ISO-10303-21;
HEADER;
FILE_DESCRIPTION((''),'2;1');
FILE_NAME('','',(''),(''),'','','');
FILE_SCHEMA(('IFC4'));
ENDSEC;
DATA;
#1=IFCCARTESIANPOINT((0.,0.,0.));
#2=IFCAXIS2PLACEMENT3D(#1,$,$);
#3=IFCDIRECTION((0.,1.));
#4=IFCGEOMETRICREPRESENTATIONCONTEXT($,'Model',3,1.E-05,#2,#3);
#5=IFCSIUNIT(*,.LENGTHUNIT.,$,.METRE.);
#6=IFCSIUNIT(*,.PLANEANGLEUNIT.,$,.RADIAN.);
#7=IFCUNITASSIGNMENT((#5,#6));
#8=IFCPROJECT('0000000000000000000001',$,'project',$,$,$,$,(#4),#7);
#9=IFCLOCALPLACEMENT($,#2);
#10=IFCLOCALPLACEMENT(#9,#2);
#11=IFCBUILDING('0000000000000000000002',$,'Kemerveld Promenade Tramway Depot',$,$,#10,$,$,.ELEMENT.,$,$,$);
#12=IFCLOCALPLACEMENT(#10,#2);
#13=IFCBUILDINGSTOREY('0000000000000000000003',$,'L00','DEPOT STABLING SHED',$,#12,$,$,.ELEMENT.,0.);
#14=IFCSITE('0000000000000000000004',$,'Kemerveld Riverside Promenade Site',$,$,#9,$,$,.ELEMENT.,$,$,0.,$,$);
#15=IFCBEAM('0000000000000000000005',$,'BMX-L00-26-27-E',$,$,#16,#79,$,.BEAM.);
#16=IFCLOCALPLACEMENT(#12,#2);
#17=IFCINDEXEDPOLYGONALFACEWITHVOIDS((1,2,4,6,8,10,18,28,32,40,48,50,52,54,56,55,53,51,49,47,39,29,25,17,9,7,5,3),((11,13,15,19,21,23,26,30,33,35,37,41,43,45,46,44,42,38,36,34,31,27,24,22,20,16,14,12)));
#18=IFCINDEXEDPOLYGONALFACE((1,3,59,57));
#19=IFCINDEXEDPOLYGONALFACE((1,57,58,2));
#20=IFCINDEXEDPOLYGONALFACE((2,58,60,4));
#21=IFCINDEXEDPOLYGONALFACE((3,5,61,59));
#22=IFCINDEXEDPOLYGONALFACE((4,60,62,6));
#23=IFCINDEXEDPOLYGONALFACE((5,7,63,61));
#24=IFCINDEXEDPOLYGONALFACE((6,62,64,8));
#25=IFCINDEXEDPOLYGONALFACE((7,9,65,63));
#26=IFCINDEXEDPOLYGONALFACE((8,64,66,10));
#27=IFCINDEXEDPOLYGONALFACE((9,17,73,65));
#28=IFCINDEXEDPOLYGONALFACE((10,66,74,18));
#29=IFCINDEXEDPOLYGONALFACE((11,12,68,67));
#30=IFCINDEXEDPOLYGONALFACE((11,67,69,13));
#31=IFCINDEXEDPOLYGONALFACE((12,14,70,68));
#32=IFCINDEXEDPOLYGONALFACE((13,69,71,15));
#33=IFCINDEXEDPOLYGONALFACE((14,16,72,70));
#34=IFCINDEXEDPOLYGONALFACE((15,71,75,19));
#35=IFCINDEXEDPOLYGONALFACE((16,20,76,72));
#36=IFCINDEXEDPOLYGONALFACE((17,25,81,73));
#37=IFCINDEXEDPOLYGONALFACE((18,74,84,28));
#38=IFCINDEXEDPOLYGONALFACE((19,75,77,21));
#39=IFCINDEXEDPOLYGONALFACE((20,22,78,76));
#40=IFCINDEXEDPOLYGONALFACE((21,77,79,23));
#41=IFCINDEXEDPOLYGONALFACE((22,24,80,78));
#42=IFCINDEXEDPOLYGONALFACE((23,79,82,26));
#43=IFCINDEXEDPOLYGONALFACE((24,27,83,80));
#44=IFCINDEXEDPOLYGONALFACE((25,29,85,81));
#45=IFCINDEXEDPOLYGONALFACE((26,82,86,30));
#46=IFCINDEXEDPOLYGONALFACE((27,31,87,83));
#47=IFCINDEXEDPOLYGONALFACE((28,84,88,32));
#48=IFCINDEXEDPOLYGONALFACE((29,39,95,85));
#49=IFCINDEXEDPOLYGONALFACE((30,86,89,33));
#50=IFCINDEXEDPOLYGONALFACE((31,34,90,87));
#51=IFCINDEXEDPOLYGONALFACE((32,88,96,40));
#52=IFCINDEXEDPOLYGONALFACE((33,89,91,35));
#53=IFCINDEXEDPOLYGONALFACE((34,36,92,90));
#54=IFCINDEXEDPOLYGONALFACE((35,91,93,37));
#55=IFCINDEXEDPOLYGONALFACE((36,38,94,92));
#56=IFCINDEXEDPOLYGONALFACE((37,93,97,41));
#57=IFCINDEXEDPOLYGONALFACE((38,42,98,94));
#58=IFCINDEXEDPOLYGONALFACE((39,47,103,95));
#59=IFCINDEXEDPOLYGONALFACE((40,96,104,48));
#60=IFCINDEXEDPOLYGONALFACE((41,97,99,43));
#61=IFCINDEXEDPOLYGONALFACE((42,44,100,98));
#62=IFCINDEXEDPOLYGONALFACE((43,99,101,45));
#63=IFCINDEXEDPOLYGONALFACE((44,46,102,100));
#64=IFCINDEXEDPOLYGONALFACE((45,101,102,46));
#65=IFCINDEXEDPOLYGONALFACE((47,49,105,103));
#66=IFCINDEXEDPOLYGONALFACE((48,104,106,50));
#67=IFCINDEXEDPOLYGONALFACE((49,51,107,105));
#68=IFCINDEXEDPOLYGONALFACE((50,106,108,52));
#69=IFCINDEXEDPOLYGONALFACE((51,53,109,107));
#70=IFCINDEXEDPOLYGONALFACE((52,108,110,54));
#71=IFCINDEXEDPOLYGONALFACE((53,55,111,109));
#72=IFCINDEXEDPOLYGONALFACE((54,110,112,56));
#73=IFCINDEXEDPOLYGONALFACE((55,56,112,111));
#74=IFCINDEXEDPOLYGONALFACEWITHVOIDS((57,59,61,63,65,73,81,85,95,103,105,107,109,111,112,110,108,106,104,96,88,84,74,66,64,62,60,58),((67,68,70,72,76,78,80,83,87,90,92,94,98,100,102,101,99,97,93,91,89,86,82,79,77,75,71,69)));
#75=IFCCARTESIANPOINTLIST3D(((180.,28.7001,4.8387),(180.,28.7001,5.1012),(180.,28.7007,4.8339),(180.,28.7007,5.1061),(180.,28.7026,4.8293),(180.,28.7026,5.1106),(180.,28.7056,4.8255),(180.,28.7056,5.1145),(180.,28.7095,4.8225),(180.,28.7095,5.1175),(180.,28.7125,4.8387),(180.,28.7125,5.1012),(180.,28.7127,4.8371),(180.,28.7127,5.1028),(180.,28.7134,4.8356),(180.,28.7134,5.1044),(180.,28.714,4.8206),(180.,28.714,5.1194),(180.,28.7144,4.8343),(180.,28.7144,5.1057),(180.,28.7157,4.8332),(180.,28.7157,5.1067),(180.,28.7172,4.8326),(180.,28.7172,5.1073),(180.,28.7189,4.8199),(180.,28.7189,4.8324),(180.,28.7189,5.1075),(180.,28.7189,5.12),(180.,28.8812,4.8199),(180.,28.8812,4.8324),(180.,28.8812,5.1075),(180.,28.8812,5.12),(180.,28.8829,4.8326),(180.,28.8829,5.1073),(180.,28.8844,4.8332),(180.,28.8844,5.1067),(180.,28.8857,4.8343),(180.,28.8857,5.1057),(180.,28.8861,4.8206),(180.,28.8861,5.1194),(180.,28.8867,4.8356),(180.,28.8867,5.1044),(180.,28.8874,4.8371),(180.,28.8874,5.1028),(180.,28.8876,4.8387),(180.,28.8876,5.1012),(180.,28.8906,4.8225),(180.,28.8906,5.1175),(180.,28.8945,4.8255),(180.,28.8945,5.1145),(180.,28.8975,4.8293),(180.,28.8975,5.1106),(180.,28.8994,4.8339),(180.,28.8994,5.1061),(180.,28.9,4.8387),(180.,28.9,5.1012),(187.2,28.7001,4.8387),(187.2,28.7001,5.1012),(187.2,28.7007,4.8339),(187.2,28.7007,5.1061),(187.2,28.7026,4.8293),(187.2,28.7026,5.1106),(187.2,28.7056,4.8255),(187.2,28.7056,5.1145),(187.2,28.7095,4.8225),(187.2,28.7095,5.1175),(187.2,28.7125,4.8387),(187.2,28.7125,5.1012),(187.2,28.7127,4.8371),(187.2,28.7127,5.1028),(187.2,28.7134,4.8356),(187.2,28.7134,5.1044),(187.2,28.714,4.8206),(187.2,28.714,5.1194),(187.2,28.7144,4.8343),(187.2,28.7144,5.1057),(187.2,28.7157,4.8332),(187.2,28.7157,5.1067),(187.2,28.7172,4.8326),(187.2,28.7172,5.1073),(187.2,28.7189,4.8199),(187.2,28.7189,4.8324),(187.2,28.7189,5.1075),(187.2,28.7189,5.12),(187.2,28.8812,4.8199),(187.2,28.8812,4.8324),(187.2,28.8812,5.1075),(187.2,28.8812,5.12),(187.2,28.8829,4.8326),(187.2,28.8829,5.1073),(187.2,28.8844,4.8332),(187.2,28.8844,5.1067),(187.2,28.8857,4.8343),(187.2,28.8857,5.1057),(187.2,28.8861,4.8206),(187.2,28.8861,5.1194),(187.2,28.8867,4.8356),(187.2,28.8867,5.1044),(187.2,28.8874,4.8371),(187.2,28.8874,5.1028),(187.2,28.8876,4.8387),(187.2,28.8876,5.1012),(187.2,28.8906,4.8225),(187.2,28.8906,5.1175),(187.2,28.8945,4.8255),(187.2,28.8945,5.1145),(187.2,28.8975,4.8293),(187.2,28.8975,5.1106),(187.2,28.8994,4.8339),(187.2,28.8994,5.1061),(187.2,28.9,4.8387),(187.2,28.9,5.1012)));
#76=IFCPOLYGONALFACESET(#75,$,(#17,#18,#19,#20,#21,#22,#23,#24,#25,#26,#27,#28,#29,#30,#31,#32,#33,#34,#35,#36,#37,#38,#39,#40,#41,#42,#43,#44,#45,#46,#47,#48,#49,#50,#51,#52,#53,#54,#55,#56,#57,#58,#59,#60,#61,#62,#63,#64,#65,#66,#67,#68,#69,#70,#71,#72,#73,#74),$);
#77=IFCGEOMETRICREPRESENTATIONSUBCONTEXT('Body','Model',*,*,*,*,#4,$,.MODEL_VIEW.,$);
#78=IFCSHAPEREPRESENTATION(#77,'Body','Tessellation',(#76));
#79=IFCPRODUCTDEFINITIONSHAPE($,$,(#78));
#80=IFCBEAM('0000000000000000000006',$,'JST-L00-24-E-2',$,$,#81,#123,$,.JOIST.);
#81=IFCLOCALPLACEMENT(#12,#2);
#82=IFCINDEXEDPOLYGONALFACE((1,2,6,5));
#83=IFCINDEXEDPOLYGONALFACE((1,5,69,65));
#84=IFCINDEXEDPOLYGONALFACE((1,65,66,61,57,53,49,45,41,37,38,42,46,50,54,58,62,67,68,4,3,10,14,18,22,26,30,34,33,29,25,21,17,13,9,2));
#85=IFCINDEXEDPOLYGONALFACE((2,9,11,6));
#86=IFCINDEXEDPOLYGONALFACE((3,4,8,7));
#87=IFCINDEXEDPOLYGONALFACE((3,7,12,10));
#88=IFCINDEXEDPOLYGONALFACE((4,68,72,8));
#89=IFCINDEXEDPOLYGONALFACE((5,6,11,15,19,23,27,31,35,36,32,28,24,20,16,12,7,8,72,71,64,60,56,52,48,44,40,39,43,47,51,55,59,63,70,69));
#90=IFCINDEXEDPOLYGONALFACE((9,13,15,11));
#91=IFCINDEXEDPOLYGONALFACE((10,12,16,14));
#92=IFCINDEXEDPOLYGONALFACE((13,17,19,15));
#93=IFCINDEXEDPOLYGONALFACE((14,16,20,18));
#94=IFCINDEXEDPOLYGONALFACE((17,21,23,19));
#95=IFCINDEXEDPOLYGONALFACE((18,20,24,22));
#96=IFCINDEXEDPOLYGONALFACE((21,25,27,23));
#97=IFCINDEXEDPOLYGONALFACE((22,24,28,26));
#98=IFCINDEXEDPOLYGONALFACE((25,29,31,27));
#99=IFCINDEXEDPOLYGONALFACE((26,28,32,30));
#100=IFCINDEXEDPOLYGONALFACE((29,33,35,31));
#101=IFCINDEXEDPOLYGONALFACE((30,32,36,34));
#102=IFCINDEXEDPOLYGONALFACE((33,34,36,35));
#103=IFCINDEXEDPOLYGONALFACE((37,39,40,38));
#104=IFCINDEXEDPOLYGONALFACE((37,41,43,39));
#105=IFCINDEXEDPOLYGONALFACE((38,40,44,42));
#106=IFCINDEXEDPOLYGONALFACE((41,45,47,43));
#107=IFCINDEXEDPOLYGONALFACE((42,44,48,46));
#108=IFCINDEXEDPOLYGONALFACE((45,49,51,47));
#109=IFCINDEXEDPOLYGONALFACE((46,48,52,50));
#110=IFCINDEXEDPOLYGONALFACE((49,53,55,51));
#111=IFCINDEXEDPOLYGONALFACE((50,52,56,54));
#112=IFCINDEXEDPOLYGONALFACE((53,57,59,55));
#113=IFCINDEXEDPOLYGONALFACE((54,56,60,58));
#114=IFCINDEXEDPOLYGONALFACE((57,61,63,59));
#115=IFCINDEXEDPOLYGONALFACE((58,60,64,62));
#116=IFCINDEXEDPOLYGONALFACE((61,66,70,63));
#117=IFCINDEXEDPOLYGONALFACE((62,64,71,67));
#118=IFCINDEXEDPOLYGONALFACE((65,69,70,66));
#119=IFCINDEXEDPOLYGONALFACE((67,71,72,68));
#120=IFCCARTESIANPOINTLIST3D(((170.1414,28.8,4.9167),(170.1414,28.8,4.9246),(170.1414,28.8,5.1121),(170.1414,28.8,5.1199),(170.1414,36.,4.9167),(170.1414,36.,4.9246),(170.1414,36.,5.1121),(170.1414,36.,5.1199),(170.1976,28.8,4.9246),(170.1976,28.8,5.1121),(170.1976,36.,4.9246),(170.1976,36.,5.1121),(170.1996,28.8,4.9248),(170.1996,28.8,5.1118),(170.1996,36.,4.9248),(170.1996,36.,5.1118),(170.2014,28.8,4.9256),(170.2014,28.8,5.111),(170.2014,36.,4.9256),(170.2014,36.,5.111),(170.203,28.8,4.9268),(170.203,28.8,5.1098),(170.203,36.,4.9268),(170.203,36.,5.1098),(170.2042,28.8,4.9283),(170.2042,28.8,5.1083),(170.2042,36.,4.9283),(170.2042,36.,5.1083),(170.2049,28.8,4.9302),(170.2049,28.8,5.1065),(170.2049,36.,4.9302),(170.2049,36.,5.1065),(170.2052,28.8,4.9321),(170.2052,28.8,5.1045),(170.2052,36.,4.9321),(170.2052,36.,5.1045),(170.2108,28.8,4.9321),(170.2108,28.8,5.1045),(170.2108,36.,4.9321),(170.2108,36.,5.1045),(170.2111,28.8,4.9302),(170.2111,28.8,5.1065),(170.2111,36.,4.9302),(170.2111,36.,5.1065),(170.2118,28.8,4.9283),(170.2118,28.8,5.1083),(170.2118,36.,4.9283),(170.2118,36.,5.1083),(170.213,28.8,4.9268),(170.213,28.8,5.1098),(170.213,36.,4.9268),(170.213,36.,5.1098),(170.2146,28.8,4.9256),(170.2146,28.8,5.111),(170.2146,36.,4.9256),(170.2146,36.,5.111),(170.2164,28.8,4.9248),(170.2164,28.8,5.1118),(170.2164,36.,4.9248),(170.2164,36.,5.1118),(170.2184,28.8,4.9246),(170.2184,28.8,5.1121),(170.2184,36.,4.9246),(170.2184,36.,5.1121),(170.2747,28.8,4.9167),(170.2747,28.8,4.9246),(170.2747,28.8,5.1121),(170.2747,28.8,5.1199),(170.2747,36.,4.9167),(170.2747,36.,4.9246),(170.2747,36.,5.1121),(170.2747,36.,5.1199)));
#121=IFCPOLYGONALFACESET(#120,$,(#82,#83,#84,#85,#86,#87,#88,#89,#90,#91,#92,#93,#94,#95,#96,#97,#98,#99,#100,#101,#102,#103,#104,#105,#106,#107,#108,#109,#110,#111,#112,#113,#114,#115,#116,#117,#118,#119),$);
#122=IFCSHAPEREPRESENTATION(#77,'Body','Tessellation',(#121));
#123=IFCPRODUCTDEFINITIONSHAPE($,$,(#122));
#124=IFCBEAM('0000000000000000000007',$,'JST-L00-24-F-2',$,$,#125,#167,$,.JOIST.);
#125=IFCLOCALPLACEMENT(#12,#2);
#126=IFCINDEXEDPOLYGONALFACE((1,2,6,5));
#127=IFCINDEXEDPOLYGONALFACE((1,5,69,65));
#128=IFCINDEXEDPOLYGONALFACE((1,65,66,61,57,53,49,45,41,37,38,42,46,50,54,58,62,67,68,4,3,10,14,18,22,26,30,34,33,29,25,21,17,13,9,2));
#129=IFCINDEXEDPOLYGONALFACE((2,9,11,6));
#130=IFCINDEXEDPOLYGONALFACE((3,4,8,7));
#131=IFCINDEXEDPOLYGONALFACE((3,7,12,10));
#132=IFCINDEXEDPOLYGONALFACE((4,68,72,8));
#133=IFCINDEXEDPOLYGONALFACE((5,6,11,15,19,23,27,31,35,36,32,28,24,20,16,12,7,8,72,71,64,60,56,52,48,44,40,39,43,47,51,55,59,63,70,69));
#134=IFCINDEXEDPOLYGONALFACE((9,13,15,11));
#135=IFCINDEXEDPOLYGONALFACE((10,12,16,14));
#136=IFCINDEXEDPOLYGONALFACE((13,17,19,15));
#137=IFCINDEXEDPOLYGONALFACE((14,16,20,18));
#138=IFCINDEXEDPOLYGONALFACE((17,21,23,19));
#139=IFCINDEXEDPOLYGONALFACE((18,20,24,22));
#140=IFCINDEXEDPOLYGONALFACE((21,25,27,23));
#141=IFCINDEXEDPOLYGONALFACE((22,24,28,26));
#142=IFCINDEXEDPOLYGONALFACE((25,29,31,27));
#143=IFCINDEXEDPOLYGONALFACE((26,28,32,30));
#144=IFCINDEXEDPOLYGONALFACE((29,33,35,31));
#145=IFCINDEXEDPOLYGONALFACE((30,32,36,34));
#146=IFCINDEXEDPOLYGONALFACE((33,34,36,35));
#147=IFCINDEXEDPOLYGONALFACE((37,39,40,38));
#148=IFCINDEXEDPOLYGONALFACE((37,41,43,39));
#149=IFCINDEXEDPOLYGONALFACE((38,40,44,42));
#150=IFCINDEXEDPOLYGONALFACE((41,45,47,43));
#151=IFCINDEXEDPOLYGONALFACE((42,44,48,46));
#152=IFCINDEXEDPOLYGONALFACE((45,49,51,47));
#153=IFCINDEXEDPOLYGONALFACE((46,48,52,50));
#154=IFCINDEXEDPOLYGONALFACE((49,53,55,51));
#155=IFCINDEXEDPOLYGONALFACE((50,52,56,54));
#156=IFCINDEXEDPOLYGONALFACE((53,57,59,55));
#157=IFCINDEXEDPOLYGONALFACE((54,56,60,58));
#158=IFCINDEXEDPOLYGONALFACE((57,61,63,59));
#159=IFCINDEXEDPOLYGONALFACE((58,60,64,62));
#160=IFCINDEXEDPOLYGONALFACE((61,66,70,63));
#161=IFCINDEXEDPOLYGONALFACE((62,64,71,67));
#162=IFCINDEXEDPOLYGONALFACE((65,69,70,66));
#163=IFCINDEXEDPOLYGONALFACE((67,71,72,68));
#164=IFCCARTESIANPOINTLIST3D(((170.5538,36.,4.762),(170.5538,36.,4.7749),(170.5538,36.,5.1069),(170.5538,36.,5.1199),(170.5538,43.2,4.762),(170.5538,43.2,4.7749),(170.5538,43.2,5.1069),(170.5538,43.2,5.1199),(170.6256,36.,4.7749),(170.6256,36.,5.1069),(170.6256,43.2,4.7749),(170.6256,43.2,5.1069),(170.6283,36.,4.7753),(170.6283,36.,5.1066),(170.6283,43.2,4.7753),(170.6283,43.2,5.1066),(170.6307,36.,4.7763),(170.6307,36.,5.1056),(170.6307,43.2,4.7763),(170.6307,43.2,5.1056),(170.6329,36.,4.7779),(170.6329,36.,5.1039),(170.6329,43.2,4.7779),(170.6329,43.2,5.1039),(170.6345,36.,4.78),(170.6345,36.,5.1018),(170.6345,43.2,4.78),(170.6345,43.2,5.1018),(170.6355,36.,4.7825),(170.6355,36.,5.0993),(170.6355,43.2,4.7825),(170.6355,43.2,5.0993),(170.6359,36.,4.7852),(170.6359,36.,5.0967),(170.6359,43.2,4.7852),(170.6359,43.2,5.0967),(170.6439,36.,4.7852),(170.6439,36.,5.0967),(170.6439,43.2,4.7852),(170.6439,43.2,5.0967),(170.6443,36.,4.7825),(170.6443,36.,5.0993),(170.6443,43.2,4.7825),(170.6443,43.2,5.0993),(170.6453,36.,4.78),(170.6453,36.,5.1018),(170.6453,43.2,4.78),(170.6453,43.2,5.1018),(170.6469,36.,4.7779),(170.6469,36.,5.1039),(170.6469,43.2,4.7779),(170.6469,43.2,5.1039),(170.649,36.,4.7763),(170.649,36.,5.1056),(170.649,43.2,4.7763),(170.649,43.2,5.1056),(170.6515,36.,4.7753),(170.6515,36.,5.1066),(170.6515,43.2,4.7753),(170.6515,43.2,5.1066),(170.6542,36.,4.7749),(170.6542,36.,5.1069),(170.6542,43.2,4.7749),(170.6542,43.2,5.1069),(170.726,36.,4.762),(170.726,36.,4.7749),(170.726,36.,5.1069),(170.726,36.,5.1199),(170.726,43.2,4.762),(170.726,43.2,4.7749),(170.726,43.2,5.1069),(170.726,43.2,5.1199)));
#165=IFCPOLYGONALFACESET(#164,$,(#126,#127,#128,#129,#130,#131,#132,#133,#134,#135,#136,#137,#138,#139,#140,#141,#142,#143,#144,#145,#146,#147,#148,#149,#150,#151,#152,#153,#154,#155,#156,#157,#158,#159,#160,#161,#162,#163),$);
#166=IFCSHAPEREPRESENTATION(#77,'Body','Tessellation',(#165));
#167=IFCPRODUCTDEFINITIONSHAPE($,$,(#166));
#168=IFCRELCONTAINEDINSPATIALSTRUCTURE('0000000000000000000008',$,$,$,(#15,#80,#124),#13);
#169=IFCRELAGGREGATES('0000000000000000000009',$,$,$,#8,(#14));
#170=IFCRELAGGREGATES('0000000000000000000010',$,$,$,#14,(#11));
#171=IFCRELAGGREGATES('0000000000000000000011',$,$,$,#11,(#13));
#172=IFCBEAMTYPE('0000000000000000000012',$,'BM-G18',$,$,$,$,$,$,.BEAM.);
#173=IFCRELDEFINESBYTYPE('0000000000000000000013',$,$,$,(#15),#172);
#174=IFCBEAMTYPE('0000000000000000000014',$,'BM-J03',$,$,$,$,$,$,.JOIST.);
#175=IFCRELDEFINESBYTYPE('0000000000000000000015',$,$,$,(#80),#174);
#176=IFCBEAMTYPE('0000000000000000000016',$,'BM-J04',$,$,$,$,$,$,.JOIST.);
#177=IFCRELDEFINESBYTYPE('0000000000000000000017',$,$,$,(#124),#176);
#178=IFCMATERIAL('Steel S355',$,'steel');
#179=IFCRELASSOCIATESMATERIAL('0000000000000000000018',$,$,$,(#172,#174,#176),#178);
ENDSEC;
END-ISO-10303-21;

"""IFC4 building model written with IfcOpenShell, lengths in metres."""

from ifc_helpers import new_model, si_unit, direction, frame, origin, origin_2d, place, context, subcontext, project, spatial, hollow_rectangle, i_section, extrude, material, material_profile, profile_set, type_object, element, save


model = new_model("IFC4")

# Units and contexts
model_context = context("Model", 3, precision=1e-05, world=origin(), true_north=direction((0.0, 1.0)))
body_context = subcontext(model_context, "Body", "Model", "MODEL_VIEW")
ifc_project = project(units=[si_unit("LENGTHUNIT", "METRE"), si_unit("PLANEANGLEUNIT", "RADIAN")], contexts=[model_context])

# Site, building, storey
site_placement = place(None, origin())
site = spatial("IfcSite", under=ifc_project, at=site_placement, Name="Kemerveld Riverside Promenade Site", CompositionType="ELEMENT", RefElevation=0.0)
building_placement = place(site_placement, origin())
building = spatial("IfcBuilding", under=site, at=building_placement, Name="Kemerveld Promenade Tramway Depot", CompositionType="ELEMENT")
storey_placement = place(building_placement, origin())
storey = spatial("IfcBuildingStorey", under=building, at=storey_placement, Name="L00", Description="DEPOT STABLING SHED", CompositionType="ELEMENT", Elevation=0.0)

# Shared definitions
ifc_material_1 = material(Name="Steel S355", Category="steel")

# Beams
ifc_material_profile_1 = material_profile(ifc_material_1, hollow_rectangle(XDim=0.2, YDim=0.3, WallThickness=0.0125, InnerFilletRadius=0.0063, OuterFilletRadius=0.0188, at=origin_2d()), Name="300x200x12.5 RHS")
ifc_profile_set_1 = profile_set([ifc_material_profile_1], Name="Steel S355")
beam_type_1 = type_object("IfcBeamType", Name="BM-G18", PredefinedType="BEAM", material=ifc_profile_set_1)
beam_1_placement = place(storey_placement, frame((180.0, 28.8, 4.97), z_axis=(1.0, 0.0, 0.0), x_axis=(0.0, 1.0, 0.0)))
element("IfcBeam", 1, at=beam_1_placement, inside=storey, type_object=beam_type_1, Name="BMX-L00-26-27-E", PredefinedType="BEAM", context=body_context, shape_type="SweptSolid", body=[
    extrude(hollow_rectangle(XDim=0.2, YDim=0.3, WallThickness=0.0125, InnerFilletRadius=0.0063, OuterFilletRadius=0.0188, at=origin_2d()), origin(), (0.0, 0.0, 1.0), 7.2),
])
ifc_material_profile_2 = material_profile(ifc_material_1, i_section(OverallWidth=0.1333, OverallDepth=0.2031, WebThickness=0.0056, FlangeThickness=0.0078, FilletRadius=0.0076, at=origin_2d()), Name="203x133x25 UB")
ifc_profile_set_2 = profile_set([ifc_material_profile_2], Name="Steel S355")
beam_type_2 = type_object("IfcBeamType", Name="BM-J03", PredefinedType="JOIST", material=ifc_profile_set_2)
beam_2_placement = place(storey_placement, frame((170.208, 28.8, 5.0183), z_axis=(0.0, 1.0, 0.0), x_axis=(-1.0, 0.0, 0.0)))
element("IfcBeam", 2, at=beam_2_placement, inside=storey, type_object=beam_type_2, Name="JST-L00-24-E-2", PredefinedType="JOIST", context=body_context, shape_type="SweptSolid", body=[
    extrude(i_section(OverallWidth=0.1333, OverallDepth=0.2031, WebThickness=0.0056, FlangeThickness=0.0078, FilletRadius=0.0076, at=origin_2d()), origin(), (0.0, 0.0, 1.0), 7.2),
])
ifc_material_profile_3 = material_profile(ifc_material_1, i_section(OverallWidth=0.1721, OverallDepth=0.3579, WebThickness=0.0081, FlangeThickness=0.0129, FilletRadius=0.0103, at=origin_2d()), Name="356x171x57 UB")
ifc_profile_set_3 = profile_set([ifc_material_profile_3], Name="Steel S355")
beam_type_3 = type_object("IfcBeamType", Name="BM-J04", PredefinedType="JOIST", material=ifc_profile_set_3)
for number, where, z_axis, x_axis, name in (
    (3, (170.6399, 36.0, 4.9409), (0.0, 1.0, 0.0), (-1.0, 0.0, 0.0), "JST-L00-24-F-2"),
):
    element("IfcBeam", number, at=place(storey_placement, frame(where, z_axis=z_axis, x_axis=x_axis)), inside=storey, type_object=beam_type_3, Name=name, PredefinedType="JOIST", context=body_context, shape_type="SweptSolid", body=[
        extrude(i_section(OverallWidth=0.1721, OverallDepth=0.3579, WebThickness=0.0081, FlangeThickness=0.0129, FilletRadius=0.0103, at=origin_2d()), origin(), (0.0, 0.0, 1.0), 7.2),
    ])

save(model, "model.ifc")
